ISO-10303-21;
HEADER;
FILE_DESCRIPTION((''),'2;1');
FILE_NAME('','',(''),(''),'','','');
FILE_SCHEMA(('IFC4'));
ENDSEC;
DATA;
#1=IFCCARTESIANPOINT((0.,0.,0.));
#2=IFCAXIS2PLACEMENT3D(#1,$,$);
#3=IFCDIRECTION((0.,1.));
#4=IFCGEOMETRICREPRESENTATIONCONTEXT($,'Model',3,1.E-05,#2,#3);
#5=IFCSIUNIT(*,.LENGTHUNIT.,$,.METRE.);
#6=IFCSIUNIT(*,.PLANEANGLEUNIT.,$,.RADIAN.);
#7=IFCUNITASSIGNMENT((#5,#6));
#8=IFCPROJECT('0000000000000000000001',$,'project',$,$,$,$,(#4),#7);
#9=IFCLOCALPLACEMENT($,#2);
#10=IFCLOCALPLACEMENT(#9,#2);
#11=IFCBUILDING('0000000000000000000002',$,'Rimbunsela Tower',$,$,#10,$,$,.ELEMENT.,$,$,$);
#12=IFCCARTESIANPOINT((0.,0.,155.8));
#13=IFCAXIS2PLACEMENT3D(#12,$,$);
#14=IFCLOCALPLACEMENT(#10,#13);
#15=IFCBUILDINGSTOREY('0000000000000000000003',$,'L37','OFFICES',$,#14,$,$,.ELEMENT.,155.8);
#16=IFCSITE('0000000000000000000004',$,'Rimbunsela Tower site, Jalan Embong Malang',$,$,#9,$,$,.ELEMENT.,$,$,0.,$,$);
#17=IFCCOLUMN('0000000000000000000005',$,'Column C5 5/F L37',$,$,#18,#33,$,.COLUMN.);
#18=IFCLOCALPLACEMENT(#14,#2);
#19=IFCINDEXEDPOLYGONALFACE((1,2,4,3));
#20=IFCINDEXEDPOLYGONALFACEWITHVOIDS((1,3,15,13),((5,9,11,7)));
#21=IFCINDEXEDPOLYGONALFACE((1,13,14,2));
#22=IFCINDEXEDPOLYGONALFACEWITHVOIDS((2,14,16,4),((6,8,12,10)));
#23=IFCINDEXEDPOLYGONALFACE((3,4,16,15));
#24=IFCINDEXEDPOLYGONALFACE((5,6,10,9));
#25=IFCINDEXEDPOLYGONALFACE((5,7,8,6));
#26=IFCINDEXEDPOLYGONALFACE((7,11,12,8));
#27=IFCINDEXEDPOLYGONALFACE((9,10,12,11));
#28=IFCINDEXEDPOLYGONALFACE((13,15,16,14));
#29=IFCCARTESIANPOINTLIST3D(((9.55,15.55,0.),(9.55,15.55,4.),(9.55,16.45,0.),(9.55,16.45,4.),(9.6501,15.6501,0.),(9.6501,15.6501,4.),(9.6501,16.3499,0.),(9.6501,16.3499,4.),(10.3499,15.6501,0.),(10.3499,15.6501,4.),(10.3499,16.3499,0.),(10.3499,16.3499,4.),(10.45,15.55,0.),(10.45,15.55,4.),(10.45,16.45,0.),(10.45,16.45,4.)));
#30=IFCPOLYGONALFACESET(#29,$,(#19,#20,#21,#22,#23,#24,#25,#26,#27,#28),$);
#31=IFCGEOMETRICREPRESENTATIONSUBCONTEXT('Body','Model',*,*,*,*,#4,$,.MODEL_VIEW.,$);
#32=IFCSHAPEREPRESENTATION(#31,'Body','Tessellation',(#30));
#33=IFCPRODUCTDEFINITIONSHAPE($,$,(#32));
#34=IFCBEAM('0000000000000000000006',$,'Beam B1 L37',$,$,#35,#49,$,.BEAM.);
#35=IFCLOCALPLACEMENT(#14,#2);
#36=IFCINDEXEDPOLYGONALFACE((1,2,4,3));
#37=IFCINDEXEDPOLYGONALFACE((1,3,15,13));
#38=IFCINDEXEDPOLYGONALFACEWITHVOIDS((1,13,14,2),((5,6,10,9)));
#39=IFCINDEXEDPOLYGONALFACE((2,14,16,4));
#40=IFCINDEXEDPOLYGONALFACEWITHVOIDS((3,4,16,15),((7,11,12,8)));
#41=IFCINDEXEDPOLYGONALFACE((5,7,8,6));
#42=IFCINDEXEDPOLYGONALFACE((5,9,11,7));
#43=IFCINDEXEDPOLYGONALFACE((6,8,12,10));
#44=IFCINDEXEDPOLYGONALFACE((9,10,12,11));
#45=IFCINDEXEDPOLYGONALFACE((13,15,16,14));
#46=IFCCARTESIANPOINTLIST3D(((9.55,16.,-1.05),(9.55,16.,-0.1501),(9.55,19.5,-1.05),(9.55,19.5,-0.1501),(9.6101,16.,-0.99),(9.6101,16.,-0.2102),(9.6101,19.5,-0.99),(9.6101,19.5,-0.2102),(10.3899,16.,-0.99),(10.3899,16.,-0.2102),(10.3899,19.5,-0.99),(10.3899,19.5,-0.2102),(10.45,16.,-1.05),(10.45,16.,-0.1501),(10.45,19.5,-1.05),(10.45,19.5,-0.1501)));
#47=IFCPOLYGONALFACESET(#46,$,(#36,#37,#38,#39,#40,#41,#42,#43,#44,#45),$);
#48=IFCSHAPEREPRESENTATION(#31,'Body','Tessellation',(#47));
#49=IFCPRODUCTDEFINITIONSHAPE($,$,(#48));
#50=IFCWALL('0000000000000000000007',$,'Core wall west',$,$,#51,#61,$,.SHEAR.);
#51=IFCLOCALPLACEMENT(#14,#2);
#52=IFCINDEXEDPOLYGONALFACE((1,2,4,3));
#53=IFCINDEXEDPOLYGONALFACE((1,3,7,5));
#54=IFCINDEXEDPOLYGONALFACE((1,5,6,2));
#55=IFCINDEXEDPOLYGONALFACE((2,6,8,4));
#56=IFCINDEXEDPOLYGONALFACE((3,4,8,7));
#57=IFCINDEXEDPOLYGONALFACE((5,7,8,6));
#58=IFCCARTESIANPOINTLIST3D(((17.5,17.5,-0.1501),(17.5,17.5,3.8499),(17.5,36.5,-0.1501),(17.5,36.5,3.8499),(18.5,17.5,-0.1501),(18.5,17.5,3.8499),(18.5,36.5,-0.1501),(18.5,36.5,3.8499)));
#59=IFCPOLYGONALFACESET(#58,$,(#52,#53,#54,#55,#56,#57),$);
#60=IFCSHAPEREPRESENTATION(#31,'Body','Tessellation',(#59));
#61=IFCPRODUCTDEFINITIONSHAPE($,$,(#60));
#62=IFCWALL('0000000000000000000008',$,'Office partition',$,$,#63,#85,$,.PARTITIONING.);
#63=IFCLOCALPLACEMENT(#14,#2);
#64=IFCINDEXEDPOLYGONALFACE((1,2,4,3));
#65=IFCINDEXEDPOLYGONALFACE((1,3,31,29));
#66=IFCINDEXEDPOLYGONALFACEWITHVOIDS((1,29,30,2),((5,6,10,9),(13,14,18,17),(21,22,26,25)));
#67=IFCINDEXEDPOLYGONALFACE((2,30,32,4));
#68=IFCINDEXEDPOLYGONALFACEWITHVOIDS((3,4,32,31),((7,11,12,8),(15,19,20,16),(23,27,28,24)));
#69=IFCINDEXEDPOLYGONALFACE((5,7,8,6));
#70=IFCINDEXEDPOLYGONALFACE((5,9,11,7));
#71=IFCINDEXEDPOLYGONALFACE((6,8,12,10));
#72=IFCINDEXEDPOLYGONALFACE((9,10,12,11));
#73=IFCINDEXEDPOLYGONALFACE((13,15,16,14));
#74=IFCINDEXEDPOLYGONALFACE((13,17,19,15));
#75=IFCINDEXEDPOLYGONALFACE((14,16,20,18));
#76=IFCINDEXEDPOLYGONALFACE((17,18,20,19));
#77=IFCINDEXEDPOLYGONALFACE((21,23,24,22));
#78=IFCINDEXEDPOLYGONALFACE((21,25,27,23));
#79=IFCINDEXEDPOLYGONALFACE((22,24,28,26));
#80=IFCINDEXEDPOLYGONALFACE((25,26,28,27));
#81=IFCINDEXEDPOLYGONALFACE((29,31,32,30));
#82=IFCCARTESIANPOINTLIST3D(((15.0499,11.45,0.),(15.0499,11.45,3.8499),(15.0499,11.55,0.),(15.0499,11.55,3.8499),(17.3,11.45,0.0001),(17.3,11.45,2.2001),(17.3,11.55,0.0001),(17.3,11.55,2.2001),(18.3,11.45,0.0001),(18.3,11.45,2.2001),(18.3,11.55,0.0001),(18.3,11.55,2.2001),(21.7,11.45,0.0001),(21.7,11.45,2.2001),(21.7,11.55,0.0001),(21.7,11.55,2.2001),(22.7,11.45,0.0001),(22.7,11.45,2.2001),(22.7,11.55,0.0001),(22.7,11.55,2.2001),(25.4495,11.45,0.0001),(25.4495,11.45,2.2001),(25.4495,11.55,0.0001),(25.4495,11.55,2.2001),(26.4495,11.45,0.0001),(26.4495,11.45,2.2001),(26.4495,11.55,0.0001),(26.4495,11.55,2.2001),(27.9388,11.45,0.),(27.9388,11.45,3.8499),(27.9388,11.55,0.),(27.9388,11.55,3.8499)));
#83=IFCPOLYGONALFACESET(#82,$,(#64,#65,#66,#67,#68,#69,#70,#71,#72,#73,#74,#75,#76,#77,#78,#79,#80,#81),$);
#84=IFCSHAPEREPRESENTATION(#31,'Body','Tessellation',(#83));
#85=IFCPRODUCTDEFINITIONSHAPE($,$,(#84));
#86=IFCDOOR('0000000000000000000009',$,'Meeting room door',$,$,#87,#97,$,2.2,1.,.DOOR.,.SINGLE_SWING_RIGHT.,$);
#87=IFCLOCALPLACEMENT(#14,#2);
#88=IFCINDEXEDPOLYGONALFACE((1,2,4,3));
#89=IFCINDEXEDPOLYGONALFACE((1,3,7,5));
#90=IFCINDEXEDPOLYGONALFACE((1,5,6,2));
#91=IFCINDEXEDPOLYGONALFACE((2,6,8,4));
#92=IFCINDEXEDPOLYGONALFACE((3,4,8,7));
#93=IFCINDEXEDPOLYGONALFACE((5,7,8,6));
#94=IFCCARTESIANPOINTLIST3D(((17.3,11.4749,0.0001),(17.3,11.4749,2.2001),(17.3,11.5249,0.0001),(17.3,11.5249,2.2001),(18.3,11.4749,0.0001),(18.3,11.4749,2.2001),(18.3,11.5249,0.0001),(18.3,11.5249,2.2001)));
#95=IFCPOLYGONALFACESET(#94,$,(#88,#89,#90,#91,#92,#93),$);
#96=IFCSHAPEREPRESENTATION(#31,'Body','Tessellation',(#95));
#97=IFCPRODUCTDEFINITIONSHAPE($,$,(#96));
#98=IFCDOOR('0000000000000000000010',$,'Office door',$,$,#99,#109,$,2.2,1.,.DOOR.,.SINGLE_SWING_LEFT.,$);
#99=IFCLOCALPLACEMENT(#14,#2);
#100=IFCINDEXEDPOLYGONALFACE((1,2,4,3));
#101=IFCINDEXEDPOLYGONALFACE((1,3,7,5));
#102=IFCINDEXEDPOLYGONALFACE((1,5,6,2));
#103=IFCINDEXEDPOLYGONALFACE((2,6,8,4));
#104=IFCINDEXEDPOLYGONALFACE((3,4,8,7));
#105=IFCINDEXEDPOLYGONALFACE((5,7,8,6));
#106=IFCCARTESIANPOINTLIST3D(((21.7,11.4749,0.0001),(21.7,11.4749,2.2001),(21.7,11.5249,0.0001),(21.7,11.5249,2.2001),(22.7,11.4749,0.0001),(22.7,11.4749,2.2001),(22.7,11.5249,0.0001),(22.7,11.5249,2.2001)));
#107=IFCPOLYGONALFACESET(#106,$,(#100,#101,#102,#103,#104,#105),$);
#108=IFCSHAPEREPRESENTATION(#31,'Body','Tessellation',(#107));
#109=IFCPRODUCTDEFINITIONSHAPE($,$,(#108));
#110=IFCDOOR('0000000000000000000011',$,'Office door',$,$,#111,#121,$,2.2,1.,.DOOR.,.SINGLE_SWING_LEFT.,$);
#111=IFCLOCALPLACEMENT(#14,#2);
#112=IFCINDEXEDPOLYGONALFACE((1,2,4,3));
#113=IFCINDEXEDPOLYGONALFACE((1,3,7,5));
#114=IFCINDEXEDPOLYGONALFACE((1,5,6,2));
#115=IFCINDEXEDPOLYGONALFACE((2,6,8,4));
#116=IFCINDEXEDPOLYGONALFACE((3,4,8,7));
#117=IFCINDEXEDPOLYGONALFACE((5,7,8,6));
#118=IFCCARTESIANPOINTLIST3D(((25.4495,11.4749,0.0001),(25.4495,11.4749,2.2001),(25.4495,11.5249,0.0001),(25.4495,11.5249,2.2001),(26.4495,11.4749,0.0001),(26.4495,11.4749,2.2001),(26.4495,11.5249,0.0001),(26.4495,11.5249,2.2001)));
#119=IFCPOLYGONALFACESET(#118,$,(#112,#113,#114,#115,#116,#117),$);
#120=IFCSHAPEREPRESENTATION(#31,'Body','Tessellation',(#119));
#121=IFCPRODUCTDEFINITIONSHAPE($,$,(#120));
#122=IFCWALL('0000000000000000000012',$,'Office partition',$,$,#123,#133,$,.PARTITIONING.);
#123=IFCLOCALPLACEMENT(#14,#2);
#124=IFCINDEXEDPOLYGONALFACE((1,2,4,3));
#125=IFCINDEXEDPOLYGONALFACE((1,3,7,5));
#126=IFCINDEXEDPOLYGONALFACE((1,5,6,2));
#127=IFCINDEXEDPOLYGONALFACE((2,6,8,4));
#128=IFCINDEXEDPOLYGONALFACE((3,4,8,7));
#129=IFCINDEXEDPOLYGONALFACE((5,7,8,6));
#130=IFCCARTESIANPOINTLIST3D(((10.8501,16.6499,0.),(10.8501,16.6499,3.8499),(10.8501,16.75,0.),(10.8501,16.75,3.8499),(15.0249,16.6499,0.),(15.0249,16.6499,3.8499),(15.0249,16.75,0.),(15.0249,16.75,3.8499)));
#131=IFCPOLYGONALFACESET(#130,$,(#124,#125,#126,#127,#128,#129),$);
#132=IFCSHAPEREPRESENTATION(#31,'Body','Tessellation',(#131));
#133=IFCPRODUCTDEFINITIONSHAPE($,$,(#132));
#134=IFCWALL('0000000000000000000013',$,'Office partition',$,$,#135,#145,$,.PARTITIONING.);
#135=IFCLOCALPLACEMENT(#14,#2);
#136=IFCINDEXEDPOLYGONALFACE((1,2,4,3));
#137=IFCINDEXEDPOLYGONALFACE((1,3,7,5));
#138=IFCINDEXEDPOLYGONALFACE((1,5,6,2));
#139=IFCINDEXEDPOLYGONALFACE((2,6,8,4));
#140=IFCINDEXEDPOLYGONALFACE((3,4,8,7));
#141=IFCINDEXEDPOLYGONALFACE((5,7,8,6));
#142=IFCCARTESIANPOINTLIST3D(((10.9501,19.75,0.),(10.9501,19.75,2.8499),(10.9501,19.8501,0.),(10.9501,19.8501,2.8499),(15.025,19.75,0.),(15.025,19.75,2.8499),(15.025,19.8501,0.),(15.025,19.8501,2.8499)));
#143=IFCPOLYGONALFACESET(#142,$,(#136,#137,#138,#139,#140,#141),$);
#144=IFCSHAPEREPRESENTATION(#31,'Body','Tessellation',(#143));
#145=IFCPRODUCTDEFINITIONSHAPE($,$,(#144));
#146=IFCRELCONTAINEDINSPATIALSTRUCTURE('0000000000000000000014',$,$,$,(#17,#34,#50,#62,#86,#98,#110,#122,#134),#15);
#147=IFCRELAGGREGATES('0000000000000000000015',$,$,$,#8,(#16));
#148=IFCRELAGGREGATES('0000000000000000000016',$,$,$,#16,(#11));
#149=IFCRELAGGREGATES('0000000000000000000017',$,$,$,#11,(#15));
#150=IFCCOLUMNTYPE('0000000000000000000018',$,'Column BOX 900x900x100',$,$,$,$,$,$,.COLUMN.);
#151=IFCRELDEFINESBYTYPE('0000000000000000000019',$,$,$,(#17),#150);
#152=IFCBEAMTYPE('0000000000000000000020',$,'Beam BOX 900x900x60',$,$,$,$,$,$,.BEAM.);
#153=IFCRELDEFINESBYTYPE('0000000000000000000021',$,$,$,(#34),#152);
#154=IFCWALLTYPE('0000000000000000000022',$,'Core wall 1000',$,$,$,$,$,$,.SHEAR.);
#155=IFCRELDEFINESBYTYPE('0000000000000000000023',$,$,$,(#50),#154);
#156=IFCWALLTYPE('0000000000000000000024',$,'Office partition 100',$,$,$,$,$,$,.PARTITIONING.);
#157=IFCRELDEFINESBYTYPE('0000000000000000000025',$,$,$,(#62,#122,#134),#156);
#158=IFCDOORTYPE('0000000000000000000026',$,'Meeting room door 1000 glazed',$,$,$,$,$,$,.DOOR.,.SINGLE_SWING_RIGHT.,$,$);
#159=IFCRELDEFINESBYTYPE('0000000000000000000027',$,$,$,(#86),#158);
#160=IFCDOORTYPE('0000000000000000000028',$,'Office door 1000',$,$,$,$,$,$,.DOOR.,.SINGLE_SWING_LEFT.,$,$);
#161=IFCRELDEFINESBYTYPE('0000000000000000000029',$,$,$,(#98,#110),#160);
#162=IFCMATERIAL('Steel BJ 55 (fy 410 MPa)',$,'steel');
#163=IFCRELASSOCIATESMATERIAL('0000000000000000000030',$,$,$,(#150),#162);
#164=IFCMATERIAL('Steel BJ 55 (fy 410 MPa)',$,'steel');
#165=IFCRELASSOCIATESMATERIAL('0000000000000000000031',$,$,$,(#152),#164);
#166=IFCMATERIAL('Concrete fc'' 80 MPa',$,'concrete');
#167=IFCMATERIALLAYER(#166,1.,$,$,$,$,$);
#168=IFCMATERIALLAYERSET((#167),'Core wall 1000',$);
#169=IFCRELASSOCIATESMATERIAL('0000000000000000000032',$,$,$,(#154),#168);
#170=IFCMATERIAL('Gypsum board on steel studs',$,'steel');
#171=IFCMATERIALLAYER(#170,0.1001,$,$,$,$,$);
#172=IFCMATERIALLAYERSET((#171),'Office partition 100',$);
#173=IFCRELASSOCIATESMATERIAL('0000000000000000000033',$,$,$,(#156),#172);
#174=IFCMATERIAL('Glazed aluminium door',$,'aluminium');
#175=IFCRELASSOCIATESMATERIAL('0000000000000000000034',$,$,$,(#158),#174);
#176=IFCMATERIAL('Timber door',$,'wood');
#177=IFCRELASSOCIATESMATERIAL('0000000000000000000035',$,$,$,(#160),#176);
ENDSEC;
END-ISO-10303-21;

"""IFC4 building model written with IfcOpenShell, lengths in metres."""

from ifc_helpers import new_model, si_unit, direction, frame, frame_2d, origin, origin_2d, place, context, subcontext, project, spatial, rectangle, hollow_rectangle, extrude, material, layer, layer_set, material_profile, profile_set, type_object, element, fill, save


model = new_model("IFC4")

# Units and contexts
model_context = context("Model", 3, precision=1e-05, world=origin(), true_north=direction((0.0, 1.0)))
body_context = subcontext(model_context, "Body", "Model", "MODEL_VIEW")
ifc_project = project(units=[si_unit("LENGTHUNIT", "METRE"), si_unit("PLANEANGLEUNIT", "RADIAN")], contexts=[model_context])

# Site, building, storey
site_placement = place(None, origin())
site = spatial("IfcSite", under=ifc_project, at=site_placement, Name="Rimbunsela Tower site, Jalan Embong Malang", CompositionType="ELEMENT", RefElevation=0.0)
building_placement = place(site_placement, origin())
building = spatial("IfcBuilding", under=site, at=building_placement, Name="Rimbunsela Tower", CompositionType="ELEMENT")
storey_placement = place(building_placement, frame((0.0, 0.0, 155.8)))
storey = spatial("IfcBuildingStorey", under=building, at=storey_placement, Name="L37", Description="OFFICES", CompositionType="ELEMENT", Elevation=155.8)

# Column
ifc_material_1 = material(Name="Steel BJ 55 (fy 410 MPa)", Category="steel")
ifc_material_profile_1 = material_profile(ifc_material_1, hollow_rectangle(XDim=0.8999, YDim=0.8999, WallThickness=0.1001, at=origin_2d()), Name="BOX 900x900x100")
ifc_profile_set_1 = profile_set([ifc_material_profile_1], Name="Steel BJ 55 (fy 410 MPa)")
column_type = type_object("IfcColumnType", Name="Column BOX 900x900x100", PredefinedType="COLUMN", material=ifc_profile_set_1)
column_placement = place(storey_placement, frame((10.0, 16.0, 0.0), z_axis=(0.0, 0.0, 1.0), x_axis=(1.0, 0.0, 0.0)))
element("IfcColumn", 1, at=column_placement, inside=storey, type_object=column_type, Name="Column C5 5/F L37", PredefinedType="COLUMN", context=body_context, shape_type="SweptSolid", body=[
    extrude(hollow_rectangle(XDim=0.8999, YDim=0.8999, WallThickness=0.1001, at=origin_2d()), origin(), (0.0, 0.0, 1.0), 4.0),
])

# Beam
ifc_material_2 = material(Name="Steel BJ 55 (fy 410 MPa)", Category="steel")
ifc_material_profile_2 = material_profile(ifc_material_2, hollow_rectangle(XDim=0.8999, YDim=0.8999, WallThickness=0.0601, at=origin_2d()), Name="BOX 900x900x60")
ifc_profile_set_2 = profile_set([ifc_material_profile_2], Name="Steel BJ 55 (fy 410 MPa)")
beam_type = type_object("IfcBeamType", Name="Beam BOX 900x900x60", PredefinedType="BEAM", material=ifc_profile_set_2)
beam_placement = place(storey_placement, frame((10.0, 16.0, -0.6001), z_axis=(0.0, 1.0, 0.0), x_axis=(-1.0, 0.0, 0.0)))
element("IfcBeam", 2, at=beam_placement, inside=storey, type_object=beam_type, Name="Beam B1 L37", PredefinedType="BEAM", context=body_context, shape_type="SweptSolid", body=[
    extrude(hollow_rectangle(XDim=0.8999, YDim=0.8999, WallThickness=0.0601, at=origin_2d()), origin(), (0.0, 0.0, 1.0), 3.5),
])

# Wall
ifc_material_3 = material(Name="Concrete fc' 80 MPa", Category="concrete")
ifc_layer_1 = layer(ifc_material_3, 1.0)
ifc_layer_set_1 = layer_set([ifc_layer_1], Name="Core wall 1000")
wall_type_1 = type_object("IfcWallType", Name="Core wall 1000", PredefinedType="SHEAR", material=ifc_layer_set_1)
wall_1_placement = place(storey_placement, frame((18.0, 17.5, -0.1501), z_axis=(0.0, 0.0, 1.0), x_axis=(0.0, 1.0, 0.0)))
element("IfcWall", 3, at=wall_1_placement, inside=storey, type_object=wall_type_1, Name="Core wall west", PredefinedType="SHEAR", context=body_context, shape_type="SweptSolid", body=[
    extrude(rectangle(XDim=19.0, YDim=1.0, at=frame_2d((9.5, 0.0))), origin(), (0.0, 0.0, 1.0), 4.0),
])

# Wall, openings, doors
ifc_material_4 = material(Name="Gypsum board on steel studs", Category="steel")
ifc_layer_2 = layer(ifc_material_4, 0.1001)
ifc_layer_set_2 = layer_set([ifc_layer_2], Name="Office partition 100")
wall_type_2 = type_object("IfcWallType", Name="Office partition 100", PredefinedType="PARTITIONING", material=ifc_layer_set_2)
wall_2_placement = place(storey_placement, frame((15.05, 11.5, 0.0), z_axis=(0.0, 0.0, 1.0), x_axis=(1.0, 0.0, 0.0)))
wall_2 = element("IfcWall", 4, at=wall_2_placement, inside=storey, type_object=wall_type_2, Name="Office partition", PredefinedType="PARTITIONING", context=body_context, shape_type="SweptSolid", body=[
    extrude(rectangle(XDim=12.8889, YDim=0.1001, at=frame_2d((6.4443, 0.0))), origin(), (0.0, 0.0, 1.0), 3.8499),
])
opening_1_placement = place(wall_2_placement, frame((2.25, 0.0, 0.0)))
opening_1 = element("IfcOpeningElement", 5, at=opening_1_placement, cuts=wall_2, PredefinedType="OPENING", context=body_context, shape_type="SweptSolid", body=[
    extrude(rectangle(XDim=1.0, YDim=2.2, at=frame_2d((0.5, 1.1001))), frame((0.0, 0.0601, 0.0), z_axis=(0.0, -1.0, 0.0), x_axis=(1.0, 0.0, 0.0)), (0.0, 0.0, 1.0), 0.1201),
])
opening_2_placement = place(wall_2_placement, frame((6.6499, 0.0, 0.0)))
opening_2 = element("IfcOpeningElement", 6, at=opening_2_placement, cuts=wall_2, PredefinedType="OPENING", context=body_context, shape_type="SweptSolid", body=[
    extrude(rectangle(XDim=1.0, YDim=2.2, at=frame_2d((0.5, 1.1001))), frame((0.0, 0.0601, 0.0), z_axis=(0.0, -1.0, 0.0), x_axis=(1.0, 0.0, 0.0)), (0.0, 0.0, 1.0), 0.1201),
])
opening_3_placement = place(wall_2_placement, frame((10.3994, 0.0, 0.0)))
opening_3 = element("IfcOpeningElement", 7, at=opening_3_placement, cuts=wall_2, PredefinedType="OPENING", context=body_context, shape_type="SweptSolid", body=[
    extrude(rectangle(XDim=1.0, YDim=2.2, at=frame_2d((0.5, 1.1001))), frame((0.0, 0.0601, 0.0), z_axis=(0.0, -1.0, 0.0), x_axis=(1.0, 0.0, 0.0)), (0.0, 0.0, 1.0), 0.1201),
])
ifc_material_5 = material(Name="Glazed aluminium door", Category="aluminium")
door_type_1 = type_object("IfcDoorType", Name="Meeting room door 1000 glazed", OperationType="SINGLE_SWING_RIGHT", PredefinedType="DOOR", material=ifc_material_5)
door_1_placement = place(opening_1_placement, origin())
door_1 = element("IfcDoor", 8, at=door_1_placement, inside=storey, type_object=door_type_1, Name="Meeting room door", OperationType="SINGLE_SWING_RIGHT", OverallHeight=2.2, OverallWidth=1.0, PredefinedType="DOOR", context=body_context, shape_type="SweptSolid", body=[
    extrude(rectangle(XDim=1.0, YDim=2.2, at=frame_2d((0.5, 1.1001))), frame((0.0, 0.0249, 0.0), z_axis=(0.0, -1.0, 0.0), x_axis=(1.0, 0.0, 0.0)), (0.0, 0.0, 1.0), 0.05),
])
fill(opening_1, door_1)
ifc_material_6 = material(Name="Timber door", Category="wood")
door_type_2 = type_object("IfcDoorType", Name="Office door 1000", OperationType="SINGLE_SWING_LEFT", PredefinedType="DOOR", material=ifc_material_6)
door_2_placement = place(opening_2_placement, origin())
door_2 = element("IfcDoor", 9, at=door_2_placement, inside=storey, type_object=door_type_2, Name="Office door", OperationType="SINGLE_SWING_LEFT", OverallHeight=2.2, OverallWidth=1.0, PredefinedType="DOOR", context=body_context, shape_type="SweptSolid", body=[
    extrude(rectangle(XDim=1.0, YDim=2.2, at=frame_2d((0.5, 1.1001))), frame((0.0, 0.0249, 0.0), z_axis=(0.0, -1.0, 0.0), x_axis=(1.0, 0.0, 0.0)), (0.0, 0.0, 1.0), 0.05),
])
fill(opening_2, door_2)
door_3_placement = place(opening_3_placement, origin())
door_3 = element("IfcDoor", 10, at=door_3_placement, inside=storey, type_object=door_type_2, Name="Office door", OperationType="SINGLE_SWING_LEFT", OverallHeight=2.2, OverallWidth=1.0, PredefinedType="DOOR", context=body_context, shape_type="SweptSolid", body=[
    extrude(rectangle(XDim=1.0, YDim=2.2, at=frame_2d((0.5, 1.1001))), frame((0.0, 0.0249, 0.0), z_axis=(0.0, -1.0, 0.0), x_axis=(1.0, 0.0, 0.0)), (0.0, 0.0, 1.0), 0.05),
])
fill(opening_3, door_3)

# Walls
wall_3_placement = place(storey_placement, frame((10.8501, 16.7, 0.0), z_axis=(0.0, 0.0, 1.0), x_axis=(1.0, 0.0, 0.0)))
element("IfcWall", 11, at=wall_3_placement, inside=storey, type_object=wall_type_2, Name="Office partition", PredefinedType="PARTITIONING", context=body_context, shape_type="SweptSolid", body=[
    extrude(rectangle(XDim=4.1748, YDim=0.1001, at=frame_2d((2.0874, 0.0))), origin(), (0.0, 0.0, 1.0), 3.8499),
])
wall_4_placement = place(storey_placement, frame((10.95, 19.8, 0.0), z_axis=(0.0, 0.0, 1.0), x_axis=(1.0, 0.0, 0.0)))
element("IfcWall", 12, at=wall_4_placement, inside=storey, type_object=wall_type_2, Name="Office partition", PredefinedType="PARTITIONING", context=body_context, shape_type="SweptSolid", body=[
    extrude(rectangle(XDim=4.075, YDim=0.1001, at=frame_2d((2.0376, 0.0))), origin(), (0.0, 0.0, 1.0), 2.8499),
])

save(model, "model.ifc")
